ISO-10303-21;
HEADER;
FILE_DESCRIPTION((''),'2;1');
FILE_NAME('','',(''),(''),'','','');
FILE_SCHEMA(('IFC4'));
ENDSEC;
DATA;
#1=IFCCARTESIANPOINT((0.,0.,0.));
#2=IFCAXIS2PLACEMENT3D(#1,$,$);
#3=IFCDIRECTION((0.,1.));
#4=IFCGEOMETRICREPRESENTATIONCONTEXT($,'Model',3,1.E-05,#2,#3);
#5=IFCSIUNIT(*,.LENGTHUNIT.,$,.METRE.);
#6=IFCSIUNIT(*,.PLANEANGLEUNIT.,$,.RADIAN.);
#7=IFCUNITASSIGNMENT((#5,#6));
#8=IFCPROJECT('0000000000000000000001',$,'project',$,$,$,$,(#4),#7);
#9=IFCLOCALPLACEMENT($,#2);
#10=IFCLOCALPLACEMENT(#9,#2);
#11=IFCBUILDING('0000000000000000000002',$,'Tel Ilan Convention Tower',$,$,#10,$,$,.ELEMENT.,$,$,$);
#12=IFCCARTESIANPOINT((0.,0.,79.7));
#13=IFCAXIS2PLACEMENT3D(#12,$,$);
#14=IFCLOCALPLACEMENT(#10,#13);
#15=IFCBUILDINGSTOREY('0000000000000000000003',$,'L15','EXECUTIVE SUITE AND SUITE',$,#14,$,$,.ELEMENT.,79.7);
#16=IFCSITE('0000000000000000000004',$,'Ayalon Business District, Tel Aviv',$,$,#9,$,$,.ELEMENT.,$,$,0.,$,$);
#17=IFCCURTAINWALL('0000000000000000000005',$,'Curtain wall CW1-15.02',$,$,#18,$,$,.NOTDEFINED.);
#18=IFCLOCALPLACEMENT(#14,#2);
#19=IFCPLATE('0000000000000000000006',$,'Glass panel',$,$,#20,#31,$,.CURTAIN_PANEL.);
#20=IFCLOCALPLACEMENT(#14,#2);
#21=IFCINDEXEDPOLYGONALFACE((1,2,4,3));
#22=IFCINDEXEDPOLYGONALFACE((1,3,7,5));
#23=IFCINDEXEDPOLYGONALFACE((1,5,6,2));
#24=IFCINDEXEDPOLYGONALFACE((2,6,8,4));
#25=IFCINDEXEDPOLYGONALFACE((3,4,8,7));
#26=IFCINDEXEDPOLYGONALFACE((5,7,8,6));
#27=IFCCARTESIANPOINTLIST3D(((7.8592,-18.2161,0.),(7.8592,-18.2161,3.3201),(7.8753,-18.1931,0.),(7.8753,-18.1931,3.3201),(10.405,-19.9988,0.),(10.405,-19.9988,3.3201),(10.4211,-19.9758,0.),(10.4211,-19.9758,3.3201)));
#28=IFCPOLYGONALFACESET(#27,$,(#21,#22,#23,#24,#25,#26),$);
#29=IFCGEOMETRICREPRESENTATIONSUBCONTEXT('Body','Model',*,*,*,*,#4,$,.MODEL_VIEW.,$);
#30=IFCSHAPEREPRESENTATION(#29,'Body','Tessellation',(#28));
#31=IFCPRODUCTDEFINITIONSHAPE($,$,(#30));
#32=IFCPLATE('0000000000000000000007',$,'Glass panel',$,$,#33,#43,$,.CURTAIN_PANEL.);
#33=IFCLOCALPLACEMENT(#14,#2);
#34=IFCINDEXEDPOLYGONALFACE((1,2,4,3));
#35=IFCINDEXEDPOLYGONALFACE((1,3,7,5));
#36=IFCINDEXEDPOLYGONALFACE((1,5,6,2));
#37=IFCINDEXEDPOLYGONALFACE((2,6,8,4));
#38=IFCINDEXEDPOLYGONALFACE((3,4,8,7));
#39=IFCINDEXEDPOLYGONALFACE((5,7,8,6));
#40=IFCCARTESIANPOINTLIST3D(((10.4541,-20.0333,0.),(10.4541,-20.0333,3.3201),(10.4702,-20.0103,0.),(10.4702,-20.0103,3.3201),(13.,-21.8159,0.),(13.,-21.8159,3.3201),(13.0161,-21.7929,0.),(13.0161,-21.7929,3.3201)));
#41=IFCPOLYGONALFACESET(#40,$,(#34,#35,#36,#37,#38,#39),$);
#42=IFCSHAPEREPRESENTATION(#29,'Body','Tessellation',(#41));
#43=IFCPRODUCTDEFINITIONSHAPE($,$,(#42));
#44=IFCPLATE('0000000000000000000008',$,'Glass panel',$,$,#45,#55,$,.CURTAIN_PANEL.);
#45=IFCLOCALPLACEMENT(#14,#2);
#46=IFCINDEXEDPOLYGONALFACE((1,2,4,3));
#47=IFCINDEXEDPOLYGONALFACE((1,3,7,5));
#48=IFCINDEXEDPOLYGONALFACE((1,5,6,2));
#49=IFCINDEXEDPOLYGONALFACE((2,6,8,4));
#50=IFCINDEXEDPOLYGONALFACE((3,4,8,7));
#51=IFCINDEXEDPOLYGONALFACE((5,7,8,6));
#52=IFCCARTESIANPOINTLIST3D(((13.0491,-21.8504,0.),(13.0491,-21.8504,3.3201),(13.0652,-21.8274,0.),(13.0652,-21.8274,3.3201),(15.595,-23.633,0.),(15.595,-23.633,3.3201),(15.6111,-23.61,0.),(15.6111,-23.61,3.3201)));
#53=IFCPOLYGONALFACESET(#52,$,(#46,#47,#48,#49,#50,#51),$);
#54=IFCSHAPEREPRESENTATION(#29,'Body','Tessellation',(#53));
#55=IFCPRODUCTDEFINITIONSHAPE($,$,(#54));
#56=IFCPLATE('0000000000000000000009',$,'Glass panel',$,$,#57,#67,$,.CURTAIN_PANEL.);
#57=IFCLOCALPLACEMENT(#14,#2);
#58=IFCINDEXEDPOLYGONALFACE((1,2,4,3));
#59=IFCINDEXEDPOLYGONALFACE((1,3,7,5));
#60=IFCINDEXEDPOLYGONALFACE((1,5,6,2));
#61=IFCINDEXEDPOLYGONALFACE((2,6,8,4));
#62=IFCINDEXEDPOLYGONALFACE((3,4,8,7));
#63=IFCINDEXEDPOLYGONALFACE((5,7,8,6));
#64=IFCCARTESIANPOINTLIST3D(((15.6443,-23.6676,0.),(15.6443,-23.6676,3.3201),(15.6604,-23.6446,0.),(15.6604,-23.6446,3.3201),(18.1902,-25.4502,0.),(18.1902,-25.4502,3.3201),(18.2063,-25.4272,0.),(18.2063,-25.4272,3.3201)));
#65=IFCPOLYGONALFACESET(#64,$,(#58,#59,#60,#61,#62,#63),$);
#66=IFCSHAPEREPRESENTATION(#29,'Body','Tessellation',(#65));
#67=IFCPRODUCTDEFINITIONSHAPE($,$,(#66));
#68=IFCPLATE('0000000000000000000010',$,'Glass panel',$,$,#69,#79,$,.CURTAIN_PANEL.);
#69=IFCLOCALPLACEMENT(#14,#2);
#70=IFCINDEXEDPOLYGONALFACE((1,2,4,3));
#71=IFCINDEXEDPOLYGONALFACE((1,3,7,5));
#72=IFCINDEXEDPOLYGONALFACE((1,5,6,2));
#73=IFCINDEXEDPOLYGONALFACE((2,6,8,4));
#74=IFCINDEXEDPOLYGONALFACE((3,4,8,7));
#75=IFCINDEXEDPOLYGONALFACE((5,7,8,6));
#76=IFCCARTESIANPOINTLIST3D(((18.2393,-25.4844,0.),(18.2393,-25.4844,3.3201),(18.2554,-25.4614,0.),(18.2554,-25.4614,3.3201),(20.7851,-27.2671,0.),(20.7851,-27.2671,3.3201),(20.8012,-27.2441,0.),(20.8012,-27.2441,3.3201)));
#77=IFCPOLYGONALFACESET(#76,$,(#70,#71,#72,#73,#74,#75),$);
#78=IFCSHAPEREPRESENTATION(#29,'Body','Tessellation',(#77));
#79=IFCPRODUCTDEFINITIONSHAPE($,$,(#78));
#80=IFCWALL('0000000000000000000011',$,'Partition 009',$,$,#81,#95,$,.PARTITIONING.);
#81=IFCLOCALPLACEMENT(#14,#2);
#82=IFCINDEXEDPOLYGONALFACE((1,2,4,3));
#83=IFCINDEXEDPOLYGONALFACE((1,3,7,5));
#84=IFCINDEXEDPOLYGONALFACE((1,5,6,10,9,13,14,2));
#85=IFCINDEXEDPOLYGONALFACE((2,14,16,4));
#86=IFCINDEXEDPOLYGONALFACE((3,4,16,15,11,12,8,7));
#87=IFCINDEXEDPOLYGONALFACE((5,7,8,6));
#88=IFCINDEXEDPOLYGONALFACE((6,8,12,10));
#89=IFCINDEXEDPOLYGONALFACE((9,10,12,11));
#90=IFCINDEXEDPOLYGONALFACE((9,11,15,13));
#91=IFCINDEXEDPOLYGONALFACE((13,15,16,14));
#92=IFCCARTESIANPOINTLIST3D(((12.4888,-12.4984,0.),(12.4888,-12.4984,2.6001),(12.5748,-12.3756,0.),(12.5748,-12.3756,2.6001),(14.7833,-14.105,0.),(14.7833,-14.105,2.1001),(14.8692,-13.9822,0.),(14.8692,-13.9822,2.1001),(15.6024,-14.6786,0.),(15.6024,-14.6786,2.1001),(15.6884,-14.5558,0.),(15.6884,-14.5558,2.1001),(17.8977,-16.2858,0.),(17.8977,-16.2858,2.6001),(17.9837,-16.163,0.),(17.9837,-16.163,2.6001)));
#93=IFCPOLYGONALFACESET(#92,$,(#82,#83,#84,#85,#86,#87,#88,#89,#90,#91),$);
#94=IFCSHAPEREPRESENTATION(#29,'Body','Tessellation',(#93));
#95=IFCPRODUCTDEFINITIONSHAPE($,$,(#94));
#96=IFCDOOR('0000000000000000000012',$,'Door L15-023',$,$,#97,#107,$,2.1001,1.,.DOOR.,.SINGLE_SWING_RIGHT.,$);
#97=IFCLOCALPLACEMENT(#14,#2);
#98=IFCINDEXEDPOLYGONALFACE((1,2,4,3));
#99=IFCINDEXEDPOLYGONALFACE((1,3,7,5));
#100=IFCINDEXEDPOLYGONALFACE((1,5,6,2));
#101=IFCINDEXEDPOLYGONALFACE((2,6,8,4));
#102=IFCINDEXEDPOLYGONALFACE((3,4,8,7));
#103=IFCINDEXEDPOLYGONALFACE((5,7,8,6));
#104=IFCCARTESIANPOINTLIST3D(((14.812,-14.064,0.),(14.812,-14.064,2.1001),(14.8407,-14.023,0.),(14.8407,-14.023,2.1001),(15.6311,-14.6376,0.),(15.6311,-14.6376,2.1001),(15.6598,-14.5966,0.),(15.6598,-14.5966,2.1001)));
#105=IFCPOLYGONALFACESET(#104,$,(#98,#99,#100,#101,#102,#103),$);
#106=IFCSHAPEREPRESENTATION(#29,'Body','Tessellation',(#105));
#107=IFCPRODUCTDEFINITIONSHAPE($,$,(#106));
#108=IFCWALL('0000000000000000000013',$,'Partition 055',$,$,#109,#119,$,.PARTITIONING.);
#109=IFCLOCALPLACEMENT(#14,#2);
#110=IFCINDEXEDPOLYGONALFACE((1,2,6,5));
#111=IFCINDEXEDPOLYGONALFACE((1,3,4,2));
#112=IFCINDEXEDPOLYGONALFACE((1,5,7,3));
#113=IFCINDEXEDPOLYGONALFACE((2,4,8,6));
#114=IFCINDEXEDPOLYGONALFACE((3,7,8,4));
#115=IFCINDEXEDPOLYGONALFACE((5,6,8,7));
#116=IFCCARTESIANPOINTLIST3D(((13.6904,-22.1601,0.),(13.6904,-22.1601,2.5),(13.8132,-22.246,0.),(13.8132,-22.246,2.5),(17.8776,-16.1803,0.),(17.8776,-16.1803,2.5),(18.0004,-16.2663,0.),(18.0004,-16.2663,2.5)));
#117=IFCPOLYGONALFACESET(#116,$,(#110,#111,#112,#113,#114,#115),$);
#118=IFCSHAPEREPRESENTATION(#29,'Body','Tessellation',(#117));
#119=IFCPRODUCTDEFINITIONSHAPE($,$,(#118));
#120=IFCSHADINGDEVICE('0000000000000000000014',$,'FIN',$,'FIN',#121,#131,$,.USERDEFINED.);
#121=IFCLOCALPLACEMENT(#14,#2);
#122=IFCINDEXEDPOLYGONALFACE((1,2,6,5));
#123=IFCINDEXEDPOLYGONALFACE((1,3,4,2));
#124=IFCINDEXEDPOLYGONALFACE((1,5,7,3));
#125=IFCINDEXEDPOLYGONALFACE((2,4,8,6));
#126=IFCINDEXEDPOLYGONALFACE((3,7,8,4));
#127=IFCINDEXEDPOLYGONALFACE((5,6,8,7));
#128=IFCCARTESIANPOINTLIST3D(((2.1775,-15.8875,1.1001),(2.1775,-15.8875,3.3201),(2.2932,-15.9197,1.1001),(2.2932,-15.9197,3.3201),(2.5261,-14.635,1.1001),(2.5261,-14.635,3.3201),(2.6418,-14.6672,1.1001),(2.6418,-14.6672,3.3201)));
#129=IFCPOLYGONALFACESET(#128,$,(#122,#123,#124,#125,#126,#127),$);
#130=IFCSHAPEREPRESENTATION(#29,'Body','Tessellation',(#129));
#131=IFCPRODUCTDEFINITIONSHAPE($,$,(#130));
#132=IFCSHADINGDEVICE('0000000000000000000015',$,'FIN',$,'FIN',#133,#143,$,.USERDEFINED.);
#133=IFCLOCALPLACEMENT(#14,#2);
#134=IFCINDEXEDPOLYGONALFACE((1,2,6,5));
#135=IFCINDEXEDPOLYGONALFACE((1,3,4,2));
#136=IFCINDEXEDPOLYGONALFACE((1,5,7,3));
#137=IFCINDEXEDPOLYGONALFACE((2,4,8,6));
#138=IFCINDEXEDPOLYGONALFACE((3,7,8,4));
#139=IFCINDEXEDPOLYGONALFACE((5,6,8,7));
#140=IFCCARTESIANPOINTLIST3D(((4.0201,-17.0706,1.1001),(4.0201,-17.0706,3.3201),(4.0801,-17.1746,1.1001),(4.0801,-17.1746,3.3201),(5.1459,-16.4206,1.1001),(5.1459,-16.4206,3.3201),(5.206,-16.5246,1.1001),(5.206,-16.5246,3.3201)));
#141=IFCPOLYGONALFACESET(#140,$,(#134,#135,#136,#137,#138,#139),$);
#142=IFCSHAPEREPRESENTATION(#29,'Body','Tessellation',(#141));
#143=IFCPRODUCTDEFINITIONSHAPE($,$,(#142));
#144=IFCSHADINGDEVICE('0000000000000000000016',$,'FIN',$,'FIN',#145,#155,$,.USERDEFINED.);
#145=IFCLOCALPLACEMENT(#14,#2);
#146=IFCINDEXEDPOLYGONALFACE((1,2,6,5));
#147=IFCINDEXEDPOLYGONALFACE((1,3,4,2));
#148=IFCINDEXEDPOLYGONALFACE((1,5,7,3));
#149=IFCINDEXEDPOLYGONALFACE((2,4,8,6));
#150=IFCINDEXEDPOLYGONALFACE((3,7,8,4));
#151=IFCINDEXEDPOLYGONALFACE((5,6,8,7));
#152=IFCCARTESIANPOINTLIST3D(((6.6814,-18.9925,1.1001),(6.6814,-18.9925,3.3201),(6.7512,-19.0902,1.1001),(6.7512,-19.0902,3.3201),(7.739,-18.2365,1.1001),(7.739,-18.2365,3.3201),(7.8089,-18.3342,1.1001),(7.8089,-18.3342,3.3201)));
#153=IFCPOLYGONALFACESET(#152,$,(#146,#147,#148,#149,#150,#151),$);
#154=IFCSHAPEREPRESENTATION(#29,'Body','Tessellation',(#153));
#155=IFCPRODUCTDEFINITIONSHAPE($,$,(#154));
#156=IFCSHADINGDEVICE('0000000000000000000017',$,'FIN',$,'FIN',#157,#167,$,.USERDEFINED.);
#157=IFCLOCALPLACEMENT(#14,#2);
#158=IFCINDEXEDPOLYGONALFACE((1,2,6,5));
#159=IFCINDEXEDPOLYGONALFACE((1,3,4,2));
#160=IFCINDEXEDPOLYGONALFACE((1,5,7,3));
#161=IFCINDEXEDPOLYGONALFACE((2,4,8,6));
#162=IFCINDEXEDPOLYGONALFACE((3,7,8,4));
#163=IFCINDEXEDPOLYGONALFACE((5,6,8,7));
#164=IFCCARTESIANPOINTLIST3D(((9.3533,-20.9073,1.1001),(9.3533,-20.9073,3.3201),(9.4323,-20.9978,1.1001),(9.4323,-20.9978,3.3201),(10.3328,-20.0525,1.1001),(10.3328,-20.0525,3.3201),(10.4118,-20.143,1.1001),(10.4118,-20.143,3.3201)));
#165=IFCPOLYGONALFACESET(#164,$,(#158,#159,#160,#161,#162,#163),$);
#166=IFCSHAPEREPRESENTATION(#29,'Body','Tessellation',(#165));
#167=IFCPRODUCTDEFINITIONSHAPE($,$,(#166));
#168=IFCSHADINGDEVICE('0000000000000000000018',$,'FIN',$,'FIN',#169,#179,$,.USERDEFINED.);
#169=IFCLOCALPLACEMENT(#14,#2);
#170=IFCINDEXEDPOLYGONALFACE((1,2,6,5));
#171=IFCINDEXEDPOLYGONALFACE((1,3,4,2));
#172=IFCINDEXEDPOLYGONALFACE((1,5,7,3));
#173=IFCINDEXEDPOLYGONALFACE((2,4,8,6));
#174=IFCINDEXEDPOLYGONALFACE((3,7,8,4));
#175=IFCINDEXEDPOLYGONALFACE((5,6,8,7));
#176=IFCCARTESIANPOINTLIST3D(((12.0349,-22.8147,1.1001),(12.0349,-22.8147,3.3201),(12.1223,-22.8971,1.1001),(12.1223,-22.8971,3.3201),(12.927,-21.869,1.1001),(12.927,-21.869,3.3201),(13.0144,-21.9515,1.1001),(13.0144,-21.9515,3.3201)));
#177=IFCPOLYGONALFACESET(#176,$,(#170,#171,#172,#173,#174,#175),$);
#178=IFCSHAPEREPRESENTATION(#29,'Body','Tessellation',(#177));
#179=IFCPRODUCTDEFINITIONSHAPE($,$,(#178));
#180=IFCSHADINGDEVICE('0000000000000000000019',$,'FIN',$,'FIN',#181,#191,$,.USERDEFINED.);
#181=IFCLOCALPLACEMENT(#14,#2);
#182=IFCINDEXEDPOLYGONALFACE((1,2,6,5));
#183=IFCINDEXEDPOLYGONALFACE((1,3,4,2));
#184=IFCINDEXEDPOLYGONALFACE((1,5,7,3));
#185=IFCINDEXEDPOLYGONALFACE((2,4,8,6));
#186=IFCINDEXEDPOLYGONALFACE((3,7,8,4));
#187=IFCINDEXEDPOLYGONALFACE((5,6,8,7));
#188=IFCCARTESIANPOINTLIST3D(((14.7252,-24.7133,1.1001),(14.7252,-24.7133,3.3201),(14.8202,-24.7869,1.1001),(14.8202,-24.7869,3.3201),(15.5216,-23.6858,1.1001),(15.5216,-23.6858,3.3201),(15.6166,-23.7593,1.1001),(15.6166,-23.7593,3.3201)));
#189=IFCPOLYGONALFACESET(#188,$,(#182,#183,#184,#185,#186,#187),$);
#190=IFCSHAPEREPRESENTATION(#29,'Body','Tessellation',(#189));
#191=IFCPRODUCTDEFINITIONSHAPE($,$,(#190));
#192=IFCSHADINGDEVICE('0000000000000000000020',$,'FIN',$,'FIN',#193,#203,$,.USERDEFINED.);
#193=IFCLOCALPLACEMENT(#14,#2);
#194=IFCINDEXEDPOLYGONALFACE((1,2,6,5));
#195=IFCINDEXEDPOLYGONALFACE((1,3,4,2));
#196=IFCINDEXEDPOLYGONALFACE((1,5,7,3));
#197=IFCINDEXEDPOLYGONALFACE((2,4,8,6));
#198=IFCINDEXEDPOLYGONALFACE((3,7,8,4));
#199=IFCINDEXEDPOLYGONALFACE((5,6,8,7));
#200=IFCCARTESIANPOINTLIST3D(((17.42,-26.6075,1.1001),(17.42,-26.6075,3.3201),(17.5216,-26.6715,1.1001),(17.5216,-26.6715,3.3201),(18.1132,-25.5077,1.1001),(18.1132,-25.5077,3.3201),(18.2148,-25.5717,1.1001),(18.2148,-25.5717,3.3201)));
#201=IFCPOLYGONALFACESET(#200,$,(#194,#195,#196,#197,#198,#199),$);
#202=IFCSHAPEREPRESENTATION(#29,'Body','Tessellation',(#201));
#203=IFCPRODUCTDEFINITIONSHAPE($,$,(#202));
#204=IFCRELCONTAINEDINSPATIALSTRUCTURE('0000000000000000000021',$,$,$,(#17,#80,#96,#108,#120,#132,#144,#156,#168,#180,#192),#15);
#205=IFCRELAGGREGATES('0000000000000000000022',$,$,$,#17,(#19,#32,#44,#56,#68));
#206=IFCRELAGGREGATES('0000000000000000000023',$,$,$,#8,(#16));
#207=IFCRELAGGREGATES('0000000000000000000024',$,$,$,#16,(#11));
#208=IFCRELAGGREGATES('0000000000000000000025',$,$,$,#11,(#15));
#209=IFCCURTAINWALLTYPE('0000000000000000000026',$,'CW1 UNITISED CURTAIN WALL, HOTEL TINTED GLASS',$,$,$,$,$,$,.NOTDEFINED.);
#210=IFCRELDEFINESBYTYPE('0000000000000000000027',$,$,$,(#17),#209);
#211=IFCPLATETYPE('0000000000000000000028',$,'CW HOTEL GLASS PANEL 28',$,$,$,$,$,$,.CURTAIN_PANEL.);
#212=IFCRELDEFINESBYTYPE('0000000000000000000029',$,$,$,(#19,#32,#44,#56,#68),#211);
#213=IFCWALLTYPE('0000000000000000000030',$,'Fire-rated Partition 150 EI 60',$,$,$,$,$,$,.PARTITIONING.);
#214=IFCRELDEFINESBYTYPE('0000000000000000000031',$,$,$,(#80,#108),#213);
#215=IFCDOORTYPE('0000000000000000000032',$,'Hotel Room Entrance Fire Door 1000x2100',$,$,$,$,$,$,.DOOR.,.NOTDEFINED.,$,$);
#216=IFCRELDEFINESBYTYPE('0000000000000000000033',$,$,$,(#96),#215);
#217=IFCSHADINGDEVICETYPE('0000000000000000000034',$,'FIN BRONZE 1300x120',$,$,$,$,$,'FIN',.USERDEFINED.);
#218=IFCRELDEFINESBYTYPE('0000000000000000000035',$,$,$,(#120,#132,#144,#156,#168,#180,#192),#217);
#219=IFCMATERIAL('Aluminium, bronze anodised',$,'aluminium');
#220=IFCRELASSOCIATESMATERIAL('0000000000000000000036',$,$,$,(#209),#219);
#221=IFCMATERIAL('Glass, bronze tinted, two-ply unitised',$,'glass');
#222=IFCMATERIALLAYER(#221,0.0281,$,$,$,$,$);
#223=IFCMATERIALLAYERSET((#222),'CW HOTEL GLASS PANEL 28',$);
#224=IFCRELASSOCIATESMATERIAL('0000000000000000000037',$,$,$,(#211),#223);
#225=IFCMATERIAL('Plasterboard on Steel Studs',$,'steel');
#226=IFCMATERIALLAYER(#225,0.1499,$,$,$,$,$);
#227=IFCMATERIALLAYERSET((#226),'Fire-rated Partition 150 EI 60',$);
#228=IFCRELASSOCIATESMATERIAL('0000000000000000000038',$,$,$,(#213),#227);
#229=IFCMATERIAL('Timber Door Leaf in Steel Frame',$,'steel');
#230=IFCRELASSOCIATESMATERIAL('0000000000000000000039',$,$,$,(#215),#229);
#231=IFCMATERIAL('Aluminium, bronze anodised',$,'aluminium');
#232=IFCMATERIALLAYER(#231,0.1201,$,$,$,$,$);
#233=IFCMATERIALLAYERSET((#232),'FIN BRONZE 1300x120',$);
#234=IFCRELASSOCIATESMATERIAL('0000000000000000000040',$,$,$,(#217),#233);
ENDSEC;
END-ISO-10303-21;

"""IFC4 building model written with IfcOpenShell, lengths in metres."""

from ifc_helpers import new_model, si_unit, direction, frame, frame_2d, origin, origin_2d, place, context, subcontext, project, spatial, rectangle, extrude, material, layer, layer_set, type_object, element, fill, aggregate, save


model = new_model("IFC4")

# Units and contexts
model_context = context("Model", 3, precision=1e-05, world=origin(), true_north=direction((0.0, 1.0)))
body_context = subcontext(model_context, "Body", "Model", "MODEL_VIEW")
ifc_project = project(units=[si_unit("LENGTHUNIT", "METRE"), si_unit("PLANEANGLEUNIT", "RADIAN")], contexts=[model_context])

# Site, building, storey
site_placement = place(None, origin())
site = spatial("IfcSite", under=ifc_project, at=site_placement, Name="Ayalon Business District, Tel Aviv", CompositionType="ELEMENT", RefElevation=0.0)
building_placement = place(site_placement, origin())
building = spatial("IfcBuilding", under=site, at=building_placement, Name="Tel Ilan Convention Tower", CompositionType="ELEMENT")
storey_placement = place(building_placement, frame((0.0, 0.0, 79.7)))
storey = spatial("IfcBuildingStorey", under=building, at=storey_placement, Name="L15", Description="EXECUTIVE SUITE AND SUITE", CompositionType="ELEMENT", Elevation=79.7)

# Curtain wall, plates
ifc_material_1 = material(Name="Aluminium, bronze anodised", Category="aluminium")
curtain_wall_type = type_object("IfcCurtainWallType", Name="CW1 UNITISED CURTAIN WALL, HOTEL TINTED GLASS", PredefinedType="NOTDEFINED", material=ifc_material_1)
curtain_wall_placement = place(storey_placement, origin())
curtain_wall = element("IfcCurtainWall", 1, at=curtain_wall_placement, inside=storey, type_object=curtain_wall_type, Name="Curtain wall CW1-15.02", PredefinedType="NOTDEFINED")
ifc_material_2 = material(Name="Glass, bronze tinted, two-ply unitised", Category="glass")
ifc_layer_1 = layer(ifc_material_2, 0.0281)
ifc_layer_set_1 = layer_set([ifc_layer_1], Name="CW HOTEL GLASS PANEL 28")
plate_type = type_object("IfcPlateType", Name="CW HOTEL GLASS PANEL 28", PredefinedType="CURTAIN_PANEL", material=ifc_layer_set_1)
plate_1_placement = place(storey_placement, frame((9.1401, -19.0959, 0.0), z_axis=(0.0, 0.0, 1.0), x_axis=(0.819152, -0.573576, 0.0)))
plate_1 = element("IfcPlate", 2, at=plate_1_placement, type_object=plate_type, Name="Glass panel", PredefinedType="CURTAIN_PANEL", context=body_context, shape_type="SweptSolid", body=[
    extrude(rectangle(XDim=3.1079, YDim=0.0281, at=origin_2d()), origin(), (0.0, 0.0, 1.0), 3.3201),
])
plate_2_placement = place(storey_placement, frame((11.7351, -20.9131, 0.0), z_axis=(0.0, 0.0, 1.0), x_axis=(0.819152, -0.573576, 0.0)))
plate_2 = element("IfcPlate", 3, at=plate_2_placement, type_object=plate_type, Name="Glass panel", PredefinedType="CURTAIN_PANEL", context=body_context, shape_type="SweptSolid", body=[
    extrude(rectangle(XDim=3.1079, YDim=0.0281, at=origin_2d()), origin(), (0.0, 0.0, 1.0), 3.3201),
])
plate_3_placement = place(storey_placement, frame((14.3301, -22.7302, 0.0), z_axis=(0.0, 0.0, 1.0), x_axis=(0.819152, -0.573576, 0.0)))
plate_3 = element("IfcPlate", 4, at=plate_3_placement, type_object=plate_type, Name="Glass panel", PredefinedType="CURTAIN_PANEL", context=body_context, shape_type="SweptSolid", body=[
    extrude(rectangle(XDim=3.1079, YDim=0.0281, at=origin_2d()), origin(), (0.0, 0.0, 1.0), 3.3201),
])
plate_4_placement = place(storey_placement, frame((16.9253, -24.5474, 0.0), z_axis=(0.0, 0.0, 1.0), x_axis=(0.819152, -0.573576, 0.0)))
plate_4 = element("IfcPlate", 5, at=plate_4_placement, type_object=plate_type, Name="Glass panel", PredefinedType="CURTAIN_PANEL", context=body_context, shape_type="SweptSolid", body=[
    extrude(rectangle(XDim=3.1079, YDim=0.0281, at=origin_2d()), origin(), (0.0, 0.0, 1.0), 3.3201),
])
plate_5_placement = place(storey_placement, frame((19.5203, -26.3643, 0.0), z_axis=(0.0, 0.0, 1.0), x_axis=(0.819152, -0.573576, 0.0)))
plate_5 = element("IfcPlate", 6, at=plate_5_placement, type_object=plate_type, Name="Glass panel", PredefinedType="CURTAIN_PANEL", context=body_context, shape_type="SweptSolid", body=[
    extrude(rectangle(XDim=3.1079, YDim=0.0281, at=origin_2d()), origin(), (0.0, 0.0, 1.0), 3.3201),
])
aggregate(curtain_wall, [plate_1, plate_2, plate_3, plate_4, plate_5])

# Wall, opening, door
ifc_material_3 = material(Name="Plasterboard on Steel Studs", Category="steel")
ifc_layer_2 = layer(ifc_material_3, 0.1499)
ifc_layer_set_2 = layer_set([ifc_layer_2], Name="Fire-rated Partition 150 EI 60")
wall_type = type_object("IfcWallType", Name="Fire-rated Partition 150 EI 60", PredefinedType="PARTITIONING", material=ifc_layer_set_2)
wall_1_placement = place(storey_placement, frame((17.9407, -16.2244, 0.0), z_axis=(0.0, 0.0, 1.0), x_axis=(-0.819154, 0.573574, 0.0)))
wall_1 = element("IfcWall", 7, at=wall_1_placement, inside=storey, type_object=wall_type, Name="Partition 009", PredefinedType="PARTITIONING", context=body_context, shape_type="SweptSolid", body=[
    extrude(rectangle(XDim=6.603, YDim=0.1499, at=frame_2d((3.3015, 0.0))), origin(), (0.0, 0.0, 1.0), 2.6001),
])
opening_placement = place(wall_1_placement, frame((2.802, 0.0, 0.0)))
opening = element("IfcOpeningElement", 8, at=opening_placement, cuts=wall_1, PredefinedType="OPENING", context=body_context, shape_type="SweptSolid", body=[
    extrude(rectangle(XDim=1.0, YDim=2.1001, at=frame_2d((0.5, 1.05))), frame((0.0, 0.085, 0.0), z_axis=(0.0, -1.0, 0.0), x_axis=(1.0, 0.0, 0.0)), (0.0, 0.0, 1.0), 0.1699),
])
ifc_material_4 = material(Name="Timber Door Leaf in Steel Frame", Category="steel")
door_type = type_object("IfcDoorType", Name="Hotel Room Entrance Fire Door 1000x2100", OperationType="NOTDEFINED", PredefinedType="DOOR", material=ifc_material_4)
door_placement = place(opening_placement, origin())
door = element("IfcDoor", 9, at=door_placement, inside=storey, type_object=door_type, Name="Door L15-023", OperationType="SINGLE_SWING_RIGHT", OverallHeight=2.1001, OverallWidth=1.0, PredefinedType="DOOR", context=body_context, shape_type="SweptSolid", body=[
    extrude(rectangle(XDim=1.0, YDim=2.1001, at=frame_2d((0.5, 1.05))), frame((0.0, 0.0249, 0.0), z_axis=(0.0, -1.0, 0.0), x_axis=(1.0, 0.0, 0.0)), (0.0, 0.0, 1.0), 0.05),
])
fill(opening, door)

# Wall
wall_2_placement = place(storey_placement, frame((17.939, -16.2234, 0.0), z_axis=(0.0, 0.0, 1.0), x_axis=(-0.573595, -0.819139, 0.0)))
element("IfcWall", 10, at=wall_2_placement, inside=storey, type_object=wall_type, Name="Partition 055", PredefinedType="PARTITIONING", context=body_context, shape_type="SweptSolid", body=[
    extrude(rectangle(XDim=7.3, YDim=0.1499, at=frame_2d((3.6499, 0.0))), origin(), (0.0, 0.0, 1.0), 2.5),
])

# Shading devices
ifc_material_5 = material(Name="Aluminium, bronze anodised", Category="aluminium")
ifc_layer_3 = layer(ifc_material_5, 0.1201)
ifc_layer_set_3 = layer_set([ifc_layer_3], Name="FIN BRONZE 1300x120")
shading_device_type = type_object("IfcShadingDeviceType", Name="FIN BRONZE 1300x120", ElementType="FIN", PredefinedType="USERDEFINED", material=ifc_layer_set_3)
for number, where, z_axis, x_axis, name in (
    (11, (2.4097, -15.2773, 1.1001), (0.0, 0.0, 1.0), (-0.268173, -0.963371, 0.0), "FIN"),
    (12, (4.613, -16.7976, 1.1001), (0.0, 0.0, 1.0), (-0.866025, -0.5, 0.0), "FIN"),
    (13, (7.2451, -18.6633, 1.1001), (0.0, 0.0, 1.0), (-0.813552, -0.581492, 0.0), "FIN"),
    (14, (9.8826, -20.5251, 1.1001), (0.0, 0.0, 1.0), (-0.753436, -0.657521, 0.0), "FIN"),
    (15, (12.5247, -22.3831, 1.1001), (0.0, 0.0, 1.0), (-0.686242, -0.727374, 0.0), "FIN"),
    (16, (15.1709, -24.2363, 1.1001), (0.0, 0.0, 1.0), (-0.612601, -0.790393, 0.0), "FIN"),
    (17, (17.8174, -26.0896, 1.1001), (0.0, 0.0, 1.0), (-0.533204, -0.845986, 0.0), "FIN"),
):
    element("IfcShadingDevice", number, at=place(storey_placement, frame(where, z_axis=z_axis, x_axis=x_axis)), inside=storey, type_object=shading_device_type, Name=name, ObjectType="FIN", PredefinedType="USERDEFINED", context=body_context, shape_type="SweptSolid", body=[
        extrude(rectangle(XDim=1.3, YDim=0.1201, at=origin_2d()), origin(), (0.0, 0.0, 1.0), 2.22),
    ])

save(model, "model.ifc")
